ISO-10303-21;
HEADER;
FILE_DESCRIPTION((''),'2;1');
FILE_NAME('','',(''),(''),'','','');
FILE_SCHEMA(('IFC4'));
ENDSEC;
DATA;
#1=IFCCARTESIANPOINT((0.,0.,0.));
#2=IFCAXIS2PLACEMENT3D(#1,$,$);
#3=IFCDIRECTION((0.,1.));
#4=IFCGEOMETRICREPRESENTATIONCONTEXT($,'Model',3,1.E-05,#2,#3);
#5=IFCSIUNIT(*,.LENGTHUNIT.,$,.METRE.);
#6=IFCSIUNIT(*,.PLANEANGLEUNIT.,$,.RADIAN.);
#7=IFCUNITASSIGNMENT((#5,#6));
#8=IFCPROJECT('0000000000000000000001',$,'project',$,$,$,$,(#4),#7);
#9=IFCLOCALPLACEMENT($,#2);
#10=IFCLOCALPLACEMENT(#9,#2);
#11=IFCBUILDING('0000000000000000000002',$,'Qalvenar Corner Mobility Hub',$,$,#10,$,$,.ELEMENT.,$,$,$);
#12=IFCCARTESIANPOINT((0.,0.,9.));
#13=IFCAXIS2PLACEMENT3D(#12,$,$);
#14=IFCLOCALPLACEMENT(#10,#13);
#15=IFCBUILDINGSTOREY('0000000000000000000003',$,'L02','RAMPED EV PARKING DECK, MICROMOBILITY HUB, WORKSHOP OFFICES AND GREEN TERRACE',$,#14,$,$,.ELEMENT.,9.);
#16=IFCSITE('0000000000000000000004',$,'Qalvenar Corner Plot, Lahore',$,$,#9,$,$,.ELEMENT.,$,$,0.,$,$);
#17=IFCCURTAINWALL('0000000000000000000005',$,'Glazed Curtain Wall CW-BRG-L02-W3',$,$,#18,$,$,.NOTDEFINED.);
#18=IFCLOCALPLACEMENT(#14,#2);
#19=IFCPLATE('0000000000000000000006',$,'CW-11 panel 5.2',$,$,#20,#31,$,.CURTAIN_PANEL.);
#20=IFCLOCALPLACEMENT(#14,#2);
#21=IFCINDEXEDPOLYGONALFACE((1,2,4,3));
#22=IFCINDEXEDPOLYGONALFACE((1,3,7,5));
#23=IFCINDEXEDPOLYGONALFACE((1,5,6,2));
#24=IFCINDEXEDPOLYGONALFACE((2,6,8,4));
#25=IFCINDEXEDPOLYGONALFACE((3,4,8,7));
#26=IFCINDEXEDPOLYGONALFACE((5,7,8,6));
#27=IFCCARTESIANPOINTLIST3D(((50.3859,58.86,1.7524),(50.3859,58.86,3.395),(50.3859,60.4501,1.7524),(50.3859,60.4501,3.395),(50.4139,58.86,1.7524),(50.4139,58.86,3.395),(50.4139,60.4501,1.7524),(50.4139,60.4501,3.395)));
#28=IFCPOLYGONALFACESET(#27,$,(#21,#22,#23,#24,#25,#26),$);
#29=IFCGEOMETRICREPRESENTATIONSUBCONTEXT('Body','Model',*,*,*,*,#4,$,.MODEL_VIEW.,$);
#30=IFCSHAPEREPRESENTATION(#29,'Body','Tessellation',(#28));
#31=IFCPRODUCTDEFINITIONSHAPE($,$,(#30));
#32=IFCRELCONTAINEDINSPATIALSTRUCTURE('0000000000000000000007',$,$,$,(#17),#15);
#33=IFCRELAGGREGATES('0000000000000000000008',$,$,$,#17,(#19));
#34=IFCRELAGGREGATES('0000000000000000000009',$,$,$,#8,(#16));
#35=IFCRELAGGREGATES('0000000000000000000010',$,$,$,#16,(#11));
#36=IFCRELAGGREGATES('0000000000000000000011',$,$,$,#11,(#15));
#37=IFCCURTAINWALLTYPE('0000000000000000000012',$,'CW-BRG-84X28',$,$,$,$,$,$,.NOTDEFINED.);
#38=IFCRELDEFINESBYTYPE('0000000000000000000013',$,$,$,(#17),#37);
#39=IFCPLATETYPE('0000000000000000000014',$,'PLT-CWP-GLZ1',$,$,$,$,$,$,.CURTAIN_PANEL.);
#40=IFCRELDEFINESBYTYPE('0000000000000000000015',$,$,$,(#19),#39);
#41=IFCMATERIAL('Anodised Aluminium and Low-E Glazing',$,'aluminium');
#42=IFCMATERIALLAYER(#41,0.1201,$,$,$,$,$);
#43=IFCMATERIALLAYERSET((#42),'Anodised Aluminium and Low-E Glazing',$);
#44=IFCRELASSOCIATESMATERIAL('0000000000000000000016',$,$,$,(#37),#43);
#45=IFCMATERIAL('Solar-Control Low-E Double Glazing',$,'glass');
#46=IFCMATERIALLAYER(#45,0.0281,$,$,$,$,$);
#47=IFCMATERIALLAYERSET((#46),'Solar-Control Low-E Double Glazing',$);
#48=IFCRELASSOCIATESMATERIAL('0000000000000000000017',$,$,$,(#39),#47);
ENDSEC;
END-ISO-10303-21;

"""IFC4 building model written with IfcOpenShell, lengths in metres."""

from ifc_helpers import new_model, si_unit, direction, frame, origin, origin_2d, place, context, subcontext, project, spatial, rectangle, extrude, material, layer, layer_set, type_object, element, aggregate, save


model = new_model("IFC4")

# Units and contexts
model_context = context("Model", 3, precision=1e-05, world=origin(), true_north=direction((0.0, 1.0)))
body_context = subcontext(model_context, "Body", "Model", "MODEL_VIEW")
ifc_project = project(units=[si_unit("LENGTHUNIT", "METRE"), si_unit("PLANEANGLEUNIT", "RADIAN")], contexts=[model_context])

# Site, building, storey
site_placement = place(None, origin())
site = spatial("IfcSite", under=ifc_project, at=site_placement, Name="Qalvenar Corner Plot, Lahore", CompositionType="ELEMENT", RefElevation=0.0)
building_placement = place(site_placement, origin())
building = spatial("IfcBuilding", under=site, at=building_placement, Name="Qalvenar Corner Mobility Hub", CompositionType="ELEMENT")
storey_placement = place(building_placement, frame((0.0, 0.0, 9.0)))
storey = spatial("IfcBuildingStorey", under=building, at=storey_placement, Name="L02", Description="RAMPED EV PARKING DECK, MICROMOBILITY HUB, WORKSHOP OFFICES AND GREEN TERRACE", CompositionType="ELEMENT", Elevation=9.0)

# Curtain wall, plate
ifc_material_1 = material(Name="Anodised Aluminium and Low-E Glazing", Category="aluminium")
ifc_layer_1 = layer(ifc_material_1, 0.1201)
ifc_layer_set_1 = layer_set([ifc_layer_1], Name="Anodised Aluminium and Low-E Glazing")
curtain_wall_type = type_object("IfcCurtainWallType", Name="CW-BRG-84X28", PredefinedType="NOTDEFINED", material=ifc_layer_set_1)
curtain_wall_placement = place(storey_placement, origin())
curtain_wall = element("IfcCurtainWall", 1, at=curtain_wall_placement, inside=storey, type_object=curtain_wall_type, Name="Glazed Curtain Wall CW-BRG-L02-W3", PredefinedType="NOTDEFINED")
ifc_material_2 = material(Name="Solar-Control Low-E Double Glazing", Category="glass")
ifc_layer_2 = layer(ifc_material_2, 0.0281)
ifc_layer_set_2 = layer_set([ifc_layer_2], Name="Solar-Control Low-E Double Glazing")
plate_type = type_object("IfcPlateType", Name="PLT-CWP-GLZ1", PredefinedType="CURTAIN_PANEL", material=ifc_layer_set_2)
plate_1_placement = place(storey_placement, frame((50.3999, 59.655, 1.7524), z_axis=(0.0, 0.0, 1.0), x_axis=(0.0, -1.0, 0.0)))
plate_1 = element("IfcPlate", 2, at=plate_1_placement, type_object=plate_type, Name="CW-11 panel 5.2", PredefinedType="CURTAIN_PANEL", context=body_context, shape_type="SweptSolid", body=[
    extrude(rectangle(XDim=1.5901, YDim=0.0281, at=origin_2d()), origin(), (0.0, 0.0, 1.0), 1.6426),
])
aggregate(curtain_wall, [plate_1])

save(model, "model.ifc")
